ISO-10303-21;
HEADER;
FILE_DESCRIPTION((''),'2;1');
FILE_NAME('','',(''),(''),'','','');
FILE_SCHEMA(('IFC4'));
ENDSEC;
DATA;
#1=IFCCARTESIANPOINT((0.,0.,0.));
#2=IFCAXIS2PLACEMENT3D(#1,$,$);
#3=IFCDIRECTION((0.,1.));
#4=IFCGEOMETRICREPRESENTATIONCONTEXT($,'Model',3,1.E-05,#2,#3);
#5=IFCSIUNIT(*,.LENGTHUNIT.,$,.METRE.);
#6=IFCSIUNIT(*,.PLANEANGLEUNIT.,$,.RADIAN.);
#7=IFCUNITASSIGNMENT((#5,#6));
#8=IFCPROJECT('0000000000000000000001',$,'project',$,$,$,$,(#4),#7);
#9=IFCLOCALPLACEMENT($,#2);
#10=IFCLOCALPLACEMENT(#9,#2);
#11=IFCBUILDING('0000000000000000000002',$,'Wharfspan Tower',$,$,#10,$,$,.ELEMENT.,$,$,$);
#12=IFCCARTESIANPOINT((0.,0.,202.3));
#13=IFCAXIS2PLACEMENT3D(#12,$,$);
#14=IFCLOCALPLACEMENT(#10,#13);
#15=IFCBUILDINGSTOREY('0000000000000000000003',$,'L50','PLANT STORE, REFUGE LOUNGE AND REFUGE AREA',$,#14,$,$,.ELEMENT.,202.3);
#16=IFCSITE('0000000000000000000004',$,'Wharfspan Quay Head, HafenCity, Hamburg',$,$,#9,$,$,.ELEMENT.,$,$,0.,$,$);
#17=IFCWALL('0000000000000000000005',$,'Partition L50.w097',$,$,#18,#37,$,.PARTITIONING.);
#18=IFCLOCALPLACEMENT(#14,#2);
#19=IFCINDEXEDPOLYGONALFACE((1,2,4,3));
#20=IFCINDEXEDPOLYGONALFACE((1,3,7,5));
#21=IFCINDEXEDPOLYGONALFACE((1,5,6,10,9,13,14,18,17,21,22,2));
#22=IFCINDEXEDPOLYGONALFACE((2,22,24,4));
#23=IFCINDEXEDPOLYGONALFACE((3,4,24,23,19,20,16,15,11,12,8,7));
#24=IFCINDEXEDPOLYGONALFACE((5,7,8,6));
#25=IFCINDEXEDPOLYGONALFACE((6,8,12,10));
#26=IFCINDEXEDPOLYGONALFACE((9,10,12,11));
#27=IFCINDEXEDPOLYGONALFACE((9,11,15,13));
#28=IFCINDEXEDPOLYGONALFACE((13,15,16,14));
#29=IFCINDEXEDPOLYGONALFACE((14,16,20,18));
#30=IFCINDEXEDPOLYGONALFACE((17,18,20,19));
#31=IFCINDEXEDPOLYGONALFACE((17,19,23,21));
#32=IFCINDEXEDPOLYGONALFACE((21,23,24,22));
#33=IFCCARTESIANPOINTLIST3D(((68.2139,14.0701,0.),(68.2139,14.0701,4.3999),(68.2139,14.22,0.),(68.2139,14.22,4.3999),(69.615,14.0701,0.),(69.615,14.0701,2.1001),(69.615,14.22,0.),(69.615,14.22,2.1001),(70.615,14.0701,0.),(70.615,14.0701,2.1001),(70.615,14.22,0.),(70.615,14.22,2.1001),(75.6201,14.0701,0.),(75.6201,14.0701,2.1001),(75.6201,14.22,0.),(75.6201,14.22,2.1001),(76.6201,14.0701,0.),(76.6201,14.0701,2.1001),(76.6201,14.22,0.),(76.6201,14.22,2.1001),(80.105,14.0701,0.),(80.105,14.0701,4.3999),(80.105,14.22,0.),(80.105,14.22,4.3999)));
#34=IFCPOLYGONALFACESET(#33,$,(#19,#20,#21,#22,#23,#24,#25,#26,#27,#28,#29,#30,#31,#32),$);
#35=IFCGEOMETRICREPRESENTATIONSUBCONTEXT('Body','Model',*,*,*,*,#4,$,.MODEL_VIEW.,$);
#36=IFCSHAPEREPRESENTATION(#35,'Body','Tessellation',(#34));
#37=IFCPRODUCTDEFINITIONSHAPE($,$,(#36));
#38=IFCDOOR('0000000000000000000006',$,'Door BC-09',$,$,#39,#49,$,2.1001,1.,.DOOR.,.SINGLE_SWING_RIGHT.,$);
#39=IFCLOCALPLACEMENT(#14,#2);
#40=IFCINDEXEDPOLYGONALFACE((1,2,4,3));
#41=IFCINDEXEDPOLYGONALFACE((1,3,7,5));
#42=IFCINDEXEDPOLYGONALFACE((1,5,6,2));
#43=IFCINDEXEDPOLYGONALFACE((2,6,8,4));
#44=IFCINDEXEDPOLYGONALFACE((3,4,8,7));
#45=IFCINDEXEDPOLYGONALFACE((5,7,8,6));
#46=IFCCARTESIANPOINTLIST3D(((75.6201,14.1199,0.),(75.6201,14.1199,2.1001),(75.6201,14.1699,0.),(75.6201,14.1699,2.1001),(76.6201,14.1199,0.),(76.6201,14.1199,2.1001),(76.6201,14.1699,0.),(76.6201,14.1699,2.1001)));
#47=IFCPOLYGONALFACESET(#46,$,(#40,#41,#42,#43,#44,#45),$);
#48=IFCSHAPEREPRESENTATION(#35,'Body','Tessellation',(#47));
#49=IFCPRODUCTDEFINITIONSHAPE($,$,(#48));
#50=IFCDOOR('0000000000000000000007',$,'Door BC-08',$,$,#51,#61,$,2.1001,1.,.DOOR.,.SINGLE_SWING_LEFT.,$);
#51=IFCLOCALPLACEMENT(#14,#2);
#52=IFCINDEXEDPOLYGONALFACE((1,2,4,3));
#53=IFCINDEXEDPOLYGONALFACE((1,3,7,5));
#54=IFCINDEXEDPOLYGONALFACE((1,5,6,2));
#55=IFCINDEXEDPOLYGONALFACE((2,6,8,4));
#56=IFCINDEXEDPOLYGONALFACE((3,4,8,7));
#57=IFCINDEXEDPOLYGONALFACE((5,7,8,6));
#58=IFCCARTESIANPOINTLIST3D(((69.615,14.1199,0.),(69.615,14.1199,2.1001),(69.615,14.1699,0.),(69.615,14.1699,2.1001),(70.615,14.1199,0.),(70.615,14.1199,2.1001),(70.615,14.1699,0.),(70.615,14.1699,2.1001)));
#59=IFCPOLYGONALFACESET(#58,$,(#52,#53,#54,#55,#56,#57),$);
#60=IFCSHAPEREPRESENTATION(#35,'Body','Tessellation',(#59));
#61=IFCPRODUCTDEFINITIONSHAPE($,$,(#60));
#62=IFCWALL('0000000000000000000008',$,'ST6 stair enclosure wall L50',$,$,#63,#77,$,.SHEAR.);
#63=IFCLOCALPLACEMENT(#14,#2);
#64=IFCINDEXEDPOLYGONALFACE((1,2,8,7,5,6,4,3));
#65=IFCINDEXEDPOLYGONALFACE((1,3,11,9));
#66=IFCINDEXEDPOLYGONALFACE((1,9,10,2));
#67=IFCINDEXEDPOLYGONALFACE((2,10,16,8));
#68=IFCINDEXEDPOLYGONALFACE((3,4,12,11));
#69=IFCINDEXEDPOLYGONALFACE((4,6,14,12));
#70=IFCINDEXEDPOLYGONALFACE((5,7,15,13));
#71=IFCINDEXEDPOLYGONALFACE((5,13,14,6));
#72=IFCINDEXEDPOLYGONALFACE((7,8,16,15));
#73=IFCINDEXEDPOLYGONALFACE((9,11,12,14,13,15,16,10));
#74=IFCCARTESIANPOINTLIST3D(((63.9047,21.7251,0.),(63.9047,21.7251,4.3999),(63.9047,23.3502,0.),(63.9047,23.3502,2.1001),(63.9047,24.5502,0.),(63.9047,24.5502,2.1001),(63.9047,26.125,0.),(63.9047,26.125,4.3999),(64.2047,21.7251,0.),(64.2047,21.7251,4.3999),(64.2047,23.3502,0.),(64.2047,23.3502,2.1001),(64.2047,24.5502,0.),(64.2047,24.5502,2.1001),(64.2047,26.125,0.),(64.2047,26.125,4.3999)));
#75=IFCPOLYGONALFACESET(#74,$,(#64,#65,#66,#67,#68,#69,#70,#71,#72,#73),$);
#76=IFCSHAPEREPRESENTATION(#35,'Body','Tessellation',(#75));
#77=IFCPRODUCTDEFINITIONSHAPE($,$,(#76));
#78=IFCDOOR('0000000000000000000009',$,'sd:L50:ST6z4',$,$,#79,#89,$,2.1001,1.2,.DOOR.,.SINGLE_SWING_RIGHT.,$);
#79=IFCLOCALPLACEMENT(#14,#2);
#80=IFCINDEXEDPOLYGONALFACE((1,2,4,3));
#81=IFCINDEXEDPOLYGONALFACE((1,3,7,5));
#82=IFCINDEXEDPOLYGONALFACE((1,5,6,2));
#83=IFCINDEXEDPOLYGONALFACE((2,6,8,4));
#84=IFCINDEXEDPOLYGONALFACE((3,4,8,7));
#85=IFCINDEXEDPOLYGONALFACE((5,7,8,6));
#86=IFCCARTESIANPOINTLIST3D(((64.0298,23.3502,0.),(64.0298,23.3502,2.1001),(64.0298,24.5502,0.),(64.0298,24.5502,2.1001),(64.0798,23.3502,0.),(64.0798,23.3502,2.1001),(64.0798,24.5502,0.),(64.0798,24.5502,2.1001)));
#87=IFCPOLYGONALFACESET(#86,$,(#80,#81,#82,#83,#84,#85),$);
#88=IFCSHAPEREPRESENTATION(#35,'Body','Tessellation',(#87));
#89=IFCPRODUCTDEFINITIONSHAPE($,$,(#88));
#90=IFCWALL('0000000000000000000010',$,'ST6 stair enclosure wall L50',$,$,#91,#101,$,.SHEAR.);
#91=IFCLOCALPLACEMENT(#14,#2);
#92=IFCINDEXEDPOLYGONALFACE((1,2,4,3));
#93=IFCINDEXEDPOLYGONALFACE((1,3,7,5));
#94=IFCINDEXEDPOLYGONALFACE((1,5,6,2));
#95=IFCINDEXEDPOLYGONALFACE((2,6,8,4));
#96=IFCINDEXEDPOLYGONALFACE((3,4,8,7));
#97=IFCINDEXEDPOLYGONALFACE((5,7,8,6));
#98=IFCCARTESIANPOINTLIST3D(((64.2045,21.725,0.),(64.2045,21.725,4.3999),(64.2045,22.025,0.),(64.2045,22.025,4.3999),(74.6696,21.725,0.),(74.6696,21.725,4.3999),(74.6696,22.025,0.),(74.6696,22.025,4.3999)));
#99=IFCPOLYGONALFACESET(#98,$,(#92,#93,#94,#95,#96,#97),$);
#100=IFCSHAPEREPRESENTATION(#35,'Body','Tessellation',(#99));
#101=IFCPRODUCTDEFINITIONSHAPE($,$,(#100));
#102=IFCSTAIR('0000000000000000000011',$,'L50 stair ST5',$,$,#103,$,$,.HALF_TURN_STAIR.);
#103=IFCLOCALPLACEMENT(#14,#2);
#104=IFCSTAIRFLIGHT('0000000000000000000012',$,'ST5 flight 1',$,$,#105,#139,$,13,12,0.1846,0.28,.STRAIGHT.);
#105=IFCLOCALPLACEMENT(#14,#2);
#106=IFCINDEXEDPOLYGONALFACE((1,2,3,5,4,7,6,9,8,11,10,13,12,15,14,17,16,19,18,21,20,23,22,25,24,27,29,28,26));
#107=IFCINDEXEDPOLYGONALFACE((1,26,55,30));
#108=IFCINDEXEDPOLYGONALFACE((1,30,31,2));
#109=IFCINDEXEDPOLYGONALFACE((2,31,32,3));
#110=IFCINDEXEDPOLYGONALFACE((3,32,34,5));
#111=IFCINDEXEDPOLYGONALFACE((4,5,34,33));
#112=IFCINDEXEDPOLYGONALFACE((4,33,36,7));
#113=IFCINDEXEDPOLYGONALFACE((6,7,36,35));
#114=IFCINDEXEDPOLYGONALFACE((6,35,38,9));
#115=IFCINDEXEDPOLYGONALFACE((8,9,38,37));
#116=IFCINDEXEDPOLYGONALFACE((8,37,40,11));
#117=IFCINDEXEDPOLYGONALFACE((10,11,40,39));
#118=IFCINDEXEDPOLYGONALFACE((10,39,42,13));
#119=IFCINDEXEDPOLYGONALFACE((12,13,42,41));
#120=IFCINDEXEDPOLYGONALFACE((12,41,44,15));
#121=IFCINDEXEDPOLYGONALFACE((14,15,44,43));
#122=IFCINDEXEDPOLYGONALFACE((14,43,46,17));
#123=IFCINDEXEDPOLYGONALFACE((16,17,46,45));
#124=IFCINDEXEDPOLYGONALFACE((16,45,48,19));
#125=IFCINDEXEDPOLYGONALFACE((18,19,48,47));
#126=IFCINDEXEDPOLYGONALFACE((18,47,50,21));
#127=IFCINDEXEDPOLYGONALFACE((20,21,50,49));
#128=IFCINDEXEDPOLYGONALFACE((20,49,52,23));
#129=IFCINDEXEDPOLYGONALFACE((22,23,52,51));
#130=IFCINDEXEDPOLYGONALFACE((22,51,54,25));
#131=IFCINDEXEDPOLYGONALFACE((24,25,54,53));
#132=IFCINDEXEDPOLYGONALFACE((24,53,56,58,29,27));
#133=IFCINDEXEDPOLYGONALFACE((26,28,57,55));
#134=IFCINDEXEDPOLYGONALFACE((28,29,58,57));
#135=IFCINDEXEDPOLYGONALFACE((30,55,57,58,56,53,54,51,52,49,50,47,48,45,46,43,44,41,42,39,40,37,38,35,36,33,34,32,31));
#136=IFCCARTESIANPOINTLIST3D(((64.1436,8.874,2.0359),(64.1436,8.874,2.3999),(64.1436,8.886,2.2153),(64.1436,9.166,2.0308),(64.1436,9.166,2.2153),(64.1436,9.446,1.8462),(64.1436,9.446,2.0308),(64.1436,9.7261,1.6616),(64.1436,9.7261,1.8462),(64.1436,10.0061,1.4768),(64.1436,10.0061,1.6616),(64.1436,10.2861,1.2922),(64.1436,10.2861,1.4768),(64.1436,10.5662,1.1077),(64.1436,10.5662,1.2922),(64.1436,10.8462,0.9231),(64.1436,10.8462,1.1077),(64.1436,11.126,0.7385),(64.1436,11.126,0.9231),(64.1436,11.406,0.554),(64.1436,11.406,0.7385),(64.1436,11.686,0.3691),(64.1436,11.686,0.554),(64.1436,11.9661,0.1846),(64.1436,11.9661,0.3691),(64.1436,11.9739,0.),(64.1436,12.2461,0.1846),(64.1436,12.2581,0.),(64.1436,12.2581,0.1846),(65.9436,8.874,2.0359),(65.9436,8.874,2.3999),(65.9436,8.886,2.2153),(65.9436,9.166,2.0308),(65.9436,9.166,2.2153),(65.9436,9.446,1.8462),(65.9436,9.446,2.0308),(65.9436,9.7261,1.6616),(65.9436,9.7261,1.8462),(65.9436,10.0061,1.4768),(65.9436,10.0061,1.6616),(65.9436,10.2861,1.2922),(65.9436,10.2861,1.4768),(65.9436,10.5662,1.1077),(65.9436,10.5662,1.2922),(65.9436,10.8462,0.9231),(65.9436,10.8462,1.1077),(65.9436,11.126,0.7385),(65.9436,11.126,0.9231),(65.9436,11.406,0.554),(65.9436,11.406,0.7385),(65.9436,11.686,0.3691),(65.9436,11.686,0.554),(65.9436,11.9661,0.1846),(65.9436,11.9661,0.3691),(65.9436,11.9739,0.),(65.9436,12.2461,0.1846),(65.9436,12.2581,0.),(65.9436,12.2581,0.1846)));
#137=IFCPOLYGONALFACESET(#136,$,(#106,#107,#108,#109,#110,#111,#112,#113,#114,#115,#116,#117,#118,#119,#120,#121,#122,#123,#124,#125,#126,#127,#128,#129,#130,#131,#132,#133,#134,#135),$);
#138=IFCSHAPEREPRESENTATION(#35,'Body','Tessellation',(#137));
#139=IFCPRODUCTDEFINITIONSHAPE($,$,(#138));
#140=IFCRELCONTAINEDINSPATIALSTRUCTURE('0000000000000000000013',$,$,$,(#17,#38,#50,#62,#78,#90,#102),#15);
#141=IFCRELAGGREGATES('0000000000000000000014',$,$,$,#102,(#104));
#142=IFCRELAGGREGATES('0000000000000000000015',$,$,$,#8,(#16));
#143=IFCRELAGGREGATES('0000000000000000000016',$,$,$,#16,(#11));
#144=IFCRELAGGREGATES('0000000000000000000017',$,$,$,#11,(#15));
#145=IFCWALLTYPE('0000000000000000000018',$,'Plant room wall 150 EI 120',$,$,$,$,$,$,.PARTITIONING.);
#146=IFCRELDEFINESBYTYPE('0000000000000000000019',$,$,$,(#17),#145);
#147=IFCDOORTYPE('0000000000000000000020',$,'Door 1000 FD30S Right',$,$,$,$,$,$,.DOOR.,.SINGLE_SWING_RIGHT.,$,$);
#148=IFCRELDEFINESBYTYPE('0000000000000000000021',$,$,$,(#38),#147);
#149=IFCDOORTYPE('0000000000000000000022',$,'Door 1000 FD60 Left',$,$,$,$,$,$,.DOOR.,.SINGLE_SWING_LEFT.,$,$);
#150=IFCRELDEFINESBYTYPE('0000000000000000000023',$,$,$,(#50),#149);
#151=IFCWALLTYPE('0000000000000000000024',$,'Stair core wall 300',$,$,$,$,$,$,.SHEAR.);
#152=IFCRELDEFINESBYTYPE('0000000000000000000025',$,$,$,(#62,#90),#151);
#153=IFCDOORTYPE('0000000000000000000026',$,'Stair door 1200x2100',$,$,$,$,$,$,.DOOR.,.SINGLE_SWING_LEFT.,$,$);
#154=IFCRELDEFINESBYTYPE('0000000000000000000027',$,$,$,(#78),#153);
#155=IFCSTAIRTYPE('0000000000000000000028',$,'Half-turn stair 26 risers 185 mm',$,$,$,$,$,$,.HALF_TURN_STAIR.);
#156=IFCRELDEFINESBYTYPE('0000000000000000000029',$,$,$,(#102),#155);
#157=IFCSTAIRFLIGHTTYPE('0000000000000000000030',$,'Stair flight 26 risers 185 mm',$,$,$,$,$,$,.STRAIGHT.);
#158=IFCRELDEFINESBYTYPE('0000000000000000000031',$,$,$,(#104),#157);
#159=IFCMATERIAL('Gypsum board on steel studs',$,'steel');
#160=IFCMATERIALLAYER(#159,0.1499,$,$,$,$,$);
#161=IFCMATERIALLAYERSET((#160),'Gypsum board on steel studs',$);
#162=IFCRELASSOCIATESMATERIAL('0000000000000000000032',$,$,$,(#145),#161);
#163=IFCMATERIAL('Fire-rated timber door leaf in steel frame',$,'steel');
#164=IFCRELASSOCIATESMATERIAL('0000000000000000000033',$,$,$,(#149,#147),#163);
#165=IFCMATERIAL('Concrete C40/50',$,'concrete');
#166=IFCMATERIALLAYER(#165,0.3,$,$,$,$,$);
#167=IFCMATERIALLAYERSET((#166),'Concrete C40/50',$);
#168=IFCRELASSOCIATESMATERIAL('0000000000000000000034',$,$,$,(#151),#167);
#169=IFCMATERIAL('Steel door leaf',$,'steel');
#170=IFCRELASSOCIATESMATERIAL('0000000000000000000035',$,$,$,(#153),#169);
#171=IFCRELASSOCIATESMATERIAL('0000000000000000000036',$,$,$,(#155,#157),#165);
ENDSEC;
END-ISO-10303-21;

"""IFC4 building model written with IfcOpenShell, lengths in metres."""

from ifc_helpers import new_model, si_unit, direction, frame, frame_2d, origin, place, context, subcontext, project, spatial, polyline, rectangle, outline, extrude, material, layer, layer_set, type_object, element, fill, aggregate, save


model = new_model("IFC4")

# Units and contexts
model_context = context("Model", 3, precision=1e-05, world=origin(), true_north=direction((0.0, 1.0)))
body_context = subcontext(model_context, "Body", "Model", "MODEL_VIEW")
ifc_project = project(units=[si_unit("LENGTHUNIT", "METRE"), si_unit("PLANEANGLEUNIT", "RADIAN")], contexts=[model_context])

# Site, building, storey
site_placement = place(None, origin())
site = spatial("IfcSite", under=ifc_project, at=site_placement, Name="Wharfspan Quay Head, HafenCity, Hamburg", CompositionType="ELEMENT", RefElevation=0.0)
building_placement = place(site_placement, origin())
building = spatial("IfcBuilding", under=site, at=building_placement, Name="Wharfspan Tower", CompositionType="ELEMENT")
storey_placement = place(building_placement, frame((0.0, 0.0, 202.3)))
storey = spatial("IfcBuildingStorey", under=building, at=storey_placement, Name="L50", Description="PLANT STORE, REFUGE LOUNGE AND REFUGE AREA", CompositionType="ELEMENT", Elevation=202.3)

# Shared definitions
ifc_material_1 = material(Name="Gypsum board on steel studs", Category="steel")
ifc_layer_1 = layer(ifc_material_1, 0.1499)
ifc_layer_set_1 = layer_set([ifc_layer_1], Name="Gypsum board on steel studs")
wall_type_1 = type_object("IfcWallType", Name="Plant room wall 150 EI 120", PredefinedType="PARTITIONING", material=ifc_layer_set_1)
ifc_material_2 = material(Name="Fire-rated timber door leaf in steel frame", Category="steel")
door_type_1 = type_object("IfcDoorType", Name="Door 1000 FD60 Left", OperationType="SINGLE_SWING_LEFT", PredefinedType="DOOR", material=ifc_material_2)

# Wall, openings, doors
wall_1_placement = place(storey_placement, frame((68.2139, 14.145, 0.0), z_axis=(0.0, 0.0, 1.0), x_axis=(1.0, 0.0, 0.0)))
wall_1 = element("IfcWall", 1, at=wall_1_placement, inside=storey, type_object=wall_type_1, Name="Partition L50.w097", PredefinedType="PARTITIONING", context=body_context, shape_type="SweptSolid", body=[
    extrude(rectangle(XDim=11.8911, YDim=0.1499, at=frame_2d((5.9456, 0.0))), origin(), (0.0, 0.0, 1.0), 4.3999),
])
opening_1_placement = place(wall_1_placement, frame((1.4011, 0.0, 0.0)))
opening_1 = element("IfcOpeningElement", 2, at=opening_1_placement, cuts=wall_1, PredefinedType="OPENING", context=body_context, shape_type="SweptSolid", body=[
    extrude(rectangle(XDim=1.0, YDim=2.1001, at=frame_2d((0.5, 1.05))), frame((0.0, 0.085, 0.0), z_axis=(0.0, -1.0, 0.0), x_axis=(1.0, 0.0, 0.0)), (0.0, 0.0, 1.0), 0.1699),
])
opening_2_placement = place(wall_1_placement, frame((7.4062, 0.0, 0.0)))
opening_2 = element("IfcOpeningElement", 3, at=opening_2_placement, cuts=wall_1, PredefinedType="OPENING", context=body_context, shape_type="SweptSolid", body=[
    extrude(rectangle(XDim=1.0, YDim=2.1001, at=frame_2d((0.5, 1.05))), frame((0.0, 0.085, 0.0), z_axis=(0.0, -1.0, 0.0), x_axis=(1.0, 0.0, 0.0)), (0.0, 0.0, 1.0), 0.1699),
])
door_type_2 = type_object("IfcDoorType", Name="Door 1000 FD30S Right", OperationType="SINGLE_SWING_RIGHT", PredefinedType="DOOR", material=ifc_material_2)
door_1_placement = place(opening_2_placement, origin())
door_1 = element("IfcDoor", 4, at=door_1_placement, inside=storey, type_object=door_type_2, Name="Door BC-09", OperationType="SINGLE_SWING_RIGHT", OverallHeight=2.1001, OverallWidth=1.0, PredefinedType="DOOR", context=body_context, shape_type="SweptSolid", body=[
    extrude(rectangle(XDim=1.0, YDim=2.1001, at=frame_2d((0.5, 1.05))), frame((0.0, 0.0249, 0.0), z_axis=(0.0, -1.0, 0.0), x_axis=(1.0, 0.0, 0.0)), (0.0, 0.0, 1.0), 0.05),
])
fill(opening_2, door_1)
door_2_placement = place(opening_1_placement, origin())
door_2 = element("IfcDoor", 5, at=door_2_placement, inside=storey, type_object=door_type_1, Name="Door BC-08", OperationType="SINGLE_SWING_LEFT", OverallHeight=2.1001, OverallWidth=1.0, PredefinedType="DOOR", context=body_context, shape_type="SweptSolid", body=[
    extrude(rectangle(XDim=1.0, YDim=2.1001, at=frame_2d((0.5, 1.05))), frame((0.0, 0.0249, 0.0), z_axis=(0.0, -1.0, 0.0), x_axis=(1.0, 0.0, 0.0)), (0.0, 0.0, 1.0), 0.05),
])
fill(opening_1, door_2)

# Wall, opening, door
ifc_material_3 = material(Name="Concrete C40/50", Category="concrete")
ifc_layer_2 = layer(ifc_material_3, 0.3)
ifc_layer_set_2 = layer_set([ifc_layer_2], Name="Concrete C40/50")
wall_type_2 = type_object("IfcWallType", Name="Stair core wall 300", PredefinedType="SHEAR", material=ifc_layer_set_2)
wall_2_placement = place(storey_placement, frame((64.0547, 21.7251, 0.0), z_axis=(0.0, 0.0, 1.0), x_axis=(0.0, 1.0, 0.0)))
wall_2 = element("IfcWall", 6, at=wall_2_placement, inside=storey, type_object=wall_type_2, Name="ST6 stair enclosure wall L50", PredefinedType="SHEAR", context=body_context, shape_type="SweptSolid", body=[
    extrude(rectangle(XDim=4.3999, YDim=0.3, at=frame_2d((2.2, 0.0))), origin(), (0.0, 0.0, 1.0), 4.3999),
])
opening_3_placement = place(wall_2_placement, frame((1.625, 0.0, 0.0)))
opening_3 = element("IfcOpeningElement", 7, at=opening_3_placement, cuts=wall_2, PredefinedType="OPENING", context=body_context, shape_type="SweptSolid", body=[
    extrude(rectangle(XDim=1.2, YDim=2.1001, at=frame_2d((0.6001, 1.05))), frame((0.0, 0.1599, 0.0), z_axis=(0.0, -1.0, 0.0), x_axis=(1.0, 0.0, 0.0)), (0.0, 0.0, 1.0), 0.3201),
])
ifc_material_4 = material(Name="Steel door leaf", Category="steel")
door_type_3 = type_object("IfcDoorType", Name="Stair door 1200x2100", OperationType="SINGLE_SWING_LEFT", PredefinedType="DOOR", material=ifc_material_4)
door_3_placement = place(opening_3_placement, origin())
door_3 = element("IfcDoor", 8, at=door_3_placement, inside=storey, type_object=door_type_3, Name="sd:L50:ST6z4", OperationType="SINGLE_SWING_RIGHT", OverallHeight=2.1001, OverallWidth=1.2, PredefinedType="DOOR", context=body_context, shape_type="SweptSolid", body=[
    extrude(rectangle(XDim=1.2, YDim=2.1001, at=frame_2d((0.6001, 1.05))), frame((0.0, 0.0249, 0.0), z_axis=(0.0, -1.0, 0.0), x_axis=(1.0, 0.0, 0.0)), (0.0, 0.0, 1.0), 0.05),
])
fill(opening_3, door_3)

# Wall
wall_3_placement = place(storey_placement, frame((64.2046, 21.875, 0.0), z_axis=(0.0, 0.0, 1.0), x_axis=(1.0, 0.0, 0.0)))
element("IfcWall", 9, at=wall_3_placement, inside=storey, type_object=wall_type_2, Name="ST6 stair enclosure wall L50", PredefinedType="SHEAR", context=body_context, shape_type="SweptSolid", body=[
    extrude(rectangle(XDim=10.4651, YDim=0.3, at=frame_2d((5.2324, 0.0))), origin(), (0.0, 0.0, 1.0), 4.3999),
])

# Stair, stair flight
stair_type = type_object("IfcStairType", Name="Half-turn stair 26 risers 185 mm", PredefinedType="HALF_TURN_STAIR", material=ifc_material_3)
stair_1_placement = place(storey_placement, origin())
stair_1 = element("IfcStair", 10, at=stair_1_placement, inside=storey, type_object=stair_type, Name="L50 stair ST5", PredefinedType="HALF_TURN_STAIR")
stair_flight_type = type_object("IfcStairFlightType", Name="Stair flight 26 risers 185 mm", PredefinedType="STRAIGHT", material=ifc_material_3)
stair_flight_1_placement = place(storey_placement, frame((65.0437, 12.2461, 0.0), z_axis=(0.0, 0.0, 1.0), x_axis=(0.0, -1.0, 0.0)))
stair_flight_1 = element("IfcStairFlight", 11, at=stair_flight_1_placement, type_object=stair_flight_type, Name="ST5 flight 1", NumberOfRisers=13, NumberOfTreads=12, PredefinedType="STRAIGHT", RiserHeight=0.1846, TreadLength=0.28, context=body_context, shape_type="SweptSolid", body=[
    extrude(outline(polyline([(-0.012, 0.0), (-0.012, 0.1846), (0.0, 0.1846), (0.28, 0.1846), (0.28, 0.3691), (0.5601, 0.3691), (0.5601, 0.554), (0.8401, 0.554), (0.8401, 0.7385), (1.1201, 0.7385), (1.1201, 0.9231), (1.3999, 0.9231), (1.3999, 1.1077), (1.6799, 1.1077), (1.6799, 1.2922), (1.96, 1.2922), (1.96, 1.4768), (2.24, 1.4768), (2.24, 1.6616), (2.52, 1.6616), (2.52, 1.8462), (2.8, 1.8462), (2.8, 2.0308), (3.0801, 2.0308), (3.0801, 2.2153), (3.3601, 2.2153), (3.3721, 2.3999), (3.3721, 2.0359), (0.2722, 0.0), (-0.012, 0.0)])), frame((0.0, 0.8999, 0.0), z_axis=(0.0, -1.0, 0.0), x_axis=(1.0, 0.0, 0.0)), (0.0, 0.0, 1.0), 1.8),
])
aggregate(stair_1, [stair_flight_1])

save(model, "model.ifc")
